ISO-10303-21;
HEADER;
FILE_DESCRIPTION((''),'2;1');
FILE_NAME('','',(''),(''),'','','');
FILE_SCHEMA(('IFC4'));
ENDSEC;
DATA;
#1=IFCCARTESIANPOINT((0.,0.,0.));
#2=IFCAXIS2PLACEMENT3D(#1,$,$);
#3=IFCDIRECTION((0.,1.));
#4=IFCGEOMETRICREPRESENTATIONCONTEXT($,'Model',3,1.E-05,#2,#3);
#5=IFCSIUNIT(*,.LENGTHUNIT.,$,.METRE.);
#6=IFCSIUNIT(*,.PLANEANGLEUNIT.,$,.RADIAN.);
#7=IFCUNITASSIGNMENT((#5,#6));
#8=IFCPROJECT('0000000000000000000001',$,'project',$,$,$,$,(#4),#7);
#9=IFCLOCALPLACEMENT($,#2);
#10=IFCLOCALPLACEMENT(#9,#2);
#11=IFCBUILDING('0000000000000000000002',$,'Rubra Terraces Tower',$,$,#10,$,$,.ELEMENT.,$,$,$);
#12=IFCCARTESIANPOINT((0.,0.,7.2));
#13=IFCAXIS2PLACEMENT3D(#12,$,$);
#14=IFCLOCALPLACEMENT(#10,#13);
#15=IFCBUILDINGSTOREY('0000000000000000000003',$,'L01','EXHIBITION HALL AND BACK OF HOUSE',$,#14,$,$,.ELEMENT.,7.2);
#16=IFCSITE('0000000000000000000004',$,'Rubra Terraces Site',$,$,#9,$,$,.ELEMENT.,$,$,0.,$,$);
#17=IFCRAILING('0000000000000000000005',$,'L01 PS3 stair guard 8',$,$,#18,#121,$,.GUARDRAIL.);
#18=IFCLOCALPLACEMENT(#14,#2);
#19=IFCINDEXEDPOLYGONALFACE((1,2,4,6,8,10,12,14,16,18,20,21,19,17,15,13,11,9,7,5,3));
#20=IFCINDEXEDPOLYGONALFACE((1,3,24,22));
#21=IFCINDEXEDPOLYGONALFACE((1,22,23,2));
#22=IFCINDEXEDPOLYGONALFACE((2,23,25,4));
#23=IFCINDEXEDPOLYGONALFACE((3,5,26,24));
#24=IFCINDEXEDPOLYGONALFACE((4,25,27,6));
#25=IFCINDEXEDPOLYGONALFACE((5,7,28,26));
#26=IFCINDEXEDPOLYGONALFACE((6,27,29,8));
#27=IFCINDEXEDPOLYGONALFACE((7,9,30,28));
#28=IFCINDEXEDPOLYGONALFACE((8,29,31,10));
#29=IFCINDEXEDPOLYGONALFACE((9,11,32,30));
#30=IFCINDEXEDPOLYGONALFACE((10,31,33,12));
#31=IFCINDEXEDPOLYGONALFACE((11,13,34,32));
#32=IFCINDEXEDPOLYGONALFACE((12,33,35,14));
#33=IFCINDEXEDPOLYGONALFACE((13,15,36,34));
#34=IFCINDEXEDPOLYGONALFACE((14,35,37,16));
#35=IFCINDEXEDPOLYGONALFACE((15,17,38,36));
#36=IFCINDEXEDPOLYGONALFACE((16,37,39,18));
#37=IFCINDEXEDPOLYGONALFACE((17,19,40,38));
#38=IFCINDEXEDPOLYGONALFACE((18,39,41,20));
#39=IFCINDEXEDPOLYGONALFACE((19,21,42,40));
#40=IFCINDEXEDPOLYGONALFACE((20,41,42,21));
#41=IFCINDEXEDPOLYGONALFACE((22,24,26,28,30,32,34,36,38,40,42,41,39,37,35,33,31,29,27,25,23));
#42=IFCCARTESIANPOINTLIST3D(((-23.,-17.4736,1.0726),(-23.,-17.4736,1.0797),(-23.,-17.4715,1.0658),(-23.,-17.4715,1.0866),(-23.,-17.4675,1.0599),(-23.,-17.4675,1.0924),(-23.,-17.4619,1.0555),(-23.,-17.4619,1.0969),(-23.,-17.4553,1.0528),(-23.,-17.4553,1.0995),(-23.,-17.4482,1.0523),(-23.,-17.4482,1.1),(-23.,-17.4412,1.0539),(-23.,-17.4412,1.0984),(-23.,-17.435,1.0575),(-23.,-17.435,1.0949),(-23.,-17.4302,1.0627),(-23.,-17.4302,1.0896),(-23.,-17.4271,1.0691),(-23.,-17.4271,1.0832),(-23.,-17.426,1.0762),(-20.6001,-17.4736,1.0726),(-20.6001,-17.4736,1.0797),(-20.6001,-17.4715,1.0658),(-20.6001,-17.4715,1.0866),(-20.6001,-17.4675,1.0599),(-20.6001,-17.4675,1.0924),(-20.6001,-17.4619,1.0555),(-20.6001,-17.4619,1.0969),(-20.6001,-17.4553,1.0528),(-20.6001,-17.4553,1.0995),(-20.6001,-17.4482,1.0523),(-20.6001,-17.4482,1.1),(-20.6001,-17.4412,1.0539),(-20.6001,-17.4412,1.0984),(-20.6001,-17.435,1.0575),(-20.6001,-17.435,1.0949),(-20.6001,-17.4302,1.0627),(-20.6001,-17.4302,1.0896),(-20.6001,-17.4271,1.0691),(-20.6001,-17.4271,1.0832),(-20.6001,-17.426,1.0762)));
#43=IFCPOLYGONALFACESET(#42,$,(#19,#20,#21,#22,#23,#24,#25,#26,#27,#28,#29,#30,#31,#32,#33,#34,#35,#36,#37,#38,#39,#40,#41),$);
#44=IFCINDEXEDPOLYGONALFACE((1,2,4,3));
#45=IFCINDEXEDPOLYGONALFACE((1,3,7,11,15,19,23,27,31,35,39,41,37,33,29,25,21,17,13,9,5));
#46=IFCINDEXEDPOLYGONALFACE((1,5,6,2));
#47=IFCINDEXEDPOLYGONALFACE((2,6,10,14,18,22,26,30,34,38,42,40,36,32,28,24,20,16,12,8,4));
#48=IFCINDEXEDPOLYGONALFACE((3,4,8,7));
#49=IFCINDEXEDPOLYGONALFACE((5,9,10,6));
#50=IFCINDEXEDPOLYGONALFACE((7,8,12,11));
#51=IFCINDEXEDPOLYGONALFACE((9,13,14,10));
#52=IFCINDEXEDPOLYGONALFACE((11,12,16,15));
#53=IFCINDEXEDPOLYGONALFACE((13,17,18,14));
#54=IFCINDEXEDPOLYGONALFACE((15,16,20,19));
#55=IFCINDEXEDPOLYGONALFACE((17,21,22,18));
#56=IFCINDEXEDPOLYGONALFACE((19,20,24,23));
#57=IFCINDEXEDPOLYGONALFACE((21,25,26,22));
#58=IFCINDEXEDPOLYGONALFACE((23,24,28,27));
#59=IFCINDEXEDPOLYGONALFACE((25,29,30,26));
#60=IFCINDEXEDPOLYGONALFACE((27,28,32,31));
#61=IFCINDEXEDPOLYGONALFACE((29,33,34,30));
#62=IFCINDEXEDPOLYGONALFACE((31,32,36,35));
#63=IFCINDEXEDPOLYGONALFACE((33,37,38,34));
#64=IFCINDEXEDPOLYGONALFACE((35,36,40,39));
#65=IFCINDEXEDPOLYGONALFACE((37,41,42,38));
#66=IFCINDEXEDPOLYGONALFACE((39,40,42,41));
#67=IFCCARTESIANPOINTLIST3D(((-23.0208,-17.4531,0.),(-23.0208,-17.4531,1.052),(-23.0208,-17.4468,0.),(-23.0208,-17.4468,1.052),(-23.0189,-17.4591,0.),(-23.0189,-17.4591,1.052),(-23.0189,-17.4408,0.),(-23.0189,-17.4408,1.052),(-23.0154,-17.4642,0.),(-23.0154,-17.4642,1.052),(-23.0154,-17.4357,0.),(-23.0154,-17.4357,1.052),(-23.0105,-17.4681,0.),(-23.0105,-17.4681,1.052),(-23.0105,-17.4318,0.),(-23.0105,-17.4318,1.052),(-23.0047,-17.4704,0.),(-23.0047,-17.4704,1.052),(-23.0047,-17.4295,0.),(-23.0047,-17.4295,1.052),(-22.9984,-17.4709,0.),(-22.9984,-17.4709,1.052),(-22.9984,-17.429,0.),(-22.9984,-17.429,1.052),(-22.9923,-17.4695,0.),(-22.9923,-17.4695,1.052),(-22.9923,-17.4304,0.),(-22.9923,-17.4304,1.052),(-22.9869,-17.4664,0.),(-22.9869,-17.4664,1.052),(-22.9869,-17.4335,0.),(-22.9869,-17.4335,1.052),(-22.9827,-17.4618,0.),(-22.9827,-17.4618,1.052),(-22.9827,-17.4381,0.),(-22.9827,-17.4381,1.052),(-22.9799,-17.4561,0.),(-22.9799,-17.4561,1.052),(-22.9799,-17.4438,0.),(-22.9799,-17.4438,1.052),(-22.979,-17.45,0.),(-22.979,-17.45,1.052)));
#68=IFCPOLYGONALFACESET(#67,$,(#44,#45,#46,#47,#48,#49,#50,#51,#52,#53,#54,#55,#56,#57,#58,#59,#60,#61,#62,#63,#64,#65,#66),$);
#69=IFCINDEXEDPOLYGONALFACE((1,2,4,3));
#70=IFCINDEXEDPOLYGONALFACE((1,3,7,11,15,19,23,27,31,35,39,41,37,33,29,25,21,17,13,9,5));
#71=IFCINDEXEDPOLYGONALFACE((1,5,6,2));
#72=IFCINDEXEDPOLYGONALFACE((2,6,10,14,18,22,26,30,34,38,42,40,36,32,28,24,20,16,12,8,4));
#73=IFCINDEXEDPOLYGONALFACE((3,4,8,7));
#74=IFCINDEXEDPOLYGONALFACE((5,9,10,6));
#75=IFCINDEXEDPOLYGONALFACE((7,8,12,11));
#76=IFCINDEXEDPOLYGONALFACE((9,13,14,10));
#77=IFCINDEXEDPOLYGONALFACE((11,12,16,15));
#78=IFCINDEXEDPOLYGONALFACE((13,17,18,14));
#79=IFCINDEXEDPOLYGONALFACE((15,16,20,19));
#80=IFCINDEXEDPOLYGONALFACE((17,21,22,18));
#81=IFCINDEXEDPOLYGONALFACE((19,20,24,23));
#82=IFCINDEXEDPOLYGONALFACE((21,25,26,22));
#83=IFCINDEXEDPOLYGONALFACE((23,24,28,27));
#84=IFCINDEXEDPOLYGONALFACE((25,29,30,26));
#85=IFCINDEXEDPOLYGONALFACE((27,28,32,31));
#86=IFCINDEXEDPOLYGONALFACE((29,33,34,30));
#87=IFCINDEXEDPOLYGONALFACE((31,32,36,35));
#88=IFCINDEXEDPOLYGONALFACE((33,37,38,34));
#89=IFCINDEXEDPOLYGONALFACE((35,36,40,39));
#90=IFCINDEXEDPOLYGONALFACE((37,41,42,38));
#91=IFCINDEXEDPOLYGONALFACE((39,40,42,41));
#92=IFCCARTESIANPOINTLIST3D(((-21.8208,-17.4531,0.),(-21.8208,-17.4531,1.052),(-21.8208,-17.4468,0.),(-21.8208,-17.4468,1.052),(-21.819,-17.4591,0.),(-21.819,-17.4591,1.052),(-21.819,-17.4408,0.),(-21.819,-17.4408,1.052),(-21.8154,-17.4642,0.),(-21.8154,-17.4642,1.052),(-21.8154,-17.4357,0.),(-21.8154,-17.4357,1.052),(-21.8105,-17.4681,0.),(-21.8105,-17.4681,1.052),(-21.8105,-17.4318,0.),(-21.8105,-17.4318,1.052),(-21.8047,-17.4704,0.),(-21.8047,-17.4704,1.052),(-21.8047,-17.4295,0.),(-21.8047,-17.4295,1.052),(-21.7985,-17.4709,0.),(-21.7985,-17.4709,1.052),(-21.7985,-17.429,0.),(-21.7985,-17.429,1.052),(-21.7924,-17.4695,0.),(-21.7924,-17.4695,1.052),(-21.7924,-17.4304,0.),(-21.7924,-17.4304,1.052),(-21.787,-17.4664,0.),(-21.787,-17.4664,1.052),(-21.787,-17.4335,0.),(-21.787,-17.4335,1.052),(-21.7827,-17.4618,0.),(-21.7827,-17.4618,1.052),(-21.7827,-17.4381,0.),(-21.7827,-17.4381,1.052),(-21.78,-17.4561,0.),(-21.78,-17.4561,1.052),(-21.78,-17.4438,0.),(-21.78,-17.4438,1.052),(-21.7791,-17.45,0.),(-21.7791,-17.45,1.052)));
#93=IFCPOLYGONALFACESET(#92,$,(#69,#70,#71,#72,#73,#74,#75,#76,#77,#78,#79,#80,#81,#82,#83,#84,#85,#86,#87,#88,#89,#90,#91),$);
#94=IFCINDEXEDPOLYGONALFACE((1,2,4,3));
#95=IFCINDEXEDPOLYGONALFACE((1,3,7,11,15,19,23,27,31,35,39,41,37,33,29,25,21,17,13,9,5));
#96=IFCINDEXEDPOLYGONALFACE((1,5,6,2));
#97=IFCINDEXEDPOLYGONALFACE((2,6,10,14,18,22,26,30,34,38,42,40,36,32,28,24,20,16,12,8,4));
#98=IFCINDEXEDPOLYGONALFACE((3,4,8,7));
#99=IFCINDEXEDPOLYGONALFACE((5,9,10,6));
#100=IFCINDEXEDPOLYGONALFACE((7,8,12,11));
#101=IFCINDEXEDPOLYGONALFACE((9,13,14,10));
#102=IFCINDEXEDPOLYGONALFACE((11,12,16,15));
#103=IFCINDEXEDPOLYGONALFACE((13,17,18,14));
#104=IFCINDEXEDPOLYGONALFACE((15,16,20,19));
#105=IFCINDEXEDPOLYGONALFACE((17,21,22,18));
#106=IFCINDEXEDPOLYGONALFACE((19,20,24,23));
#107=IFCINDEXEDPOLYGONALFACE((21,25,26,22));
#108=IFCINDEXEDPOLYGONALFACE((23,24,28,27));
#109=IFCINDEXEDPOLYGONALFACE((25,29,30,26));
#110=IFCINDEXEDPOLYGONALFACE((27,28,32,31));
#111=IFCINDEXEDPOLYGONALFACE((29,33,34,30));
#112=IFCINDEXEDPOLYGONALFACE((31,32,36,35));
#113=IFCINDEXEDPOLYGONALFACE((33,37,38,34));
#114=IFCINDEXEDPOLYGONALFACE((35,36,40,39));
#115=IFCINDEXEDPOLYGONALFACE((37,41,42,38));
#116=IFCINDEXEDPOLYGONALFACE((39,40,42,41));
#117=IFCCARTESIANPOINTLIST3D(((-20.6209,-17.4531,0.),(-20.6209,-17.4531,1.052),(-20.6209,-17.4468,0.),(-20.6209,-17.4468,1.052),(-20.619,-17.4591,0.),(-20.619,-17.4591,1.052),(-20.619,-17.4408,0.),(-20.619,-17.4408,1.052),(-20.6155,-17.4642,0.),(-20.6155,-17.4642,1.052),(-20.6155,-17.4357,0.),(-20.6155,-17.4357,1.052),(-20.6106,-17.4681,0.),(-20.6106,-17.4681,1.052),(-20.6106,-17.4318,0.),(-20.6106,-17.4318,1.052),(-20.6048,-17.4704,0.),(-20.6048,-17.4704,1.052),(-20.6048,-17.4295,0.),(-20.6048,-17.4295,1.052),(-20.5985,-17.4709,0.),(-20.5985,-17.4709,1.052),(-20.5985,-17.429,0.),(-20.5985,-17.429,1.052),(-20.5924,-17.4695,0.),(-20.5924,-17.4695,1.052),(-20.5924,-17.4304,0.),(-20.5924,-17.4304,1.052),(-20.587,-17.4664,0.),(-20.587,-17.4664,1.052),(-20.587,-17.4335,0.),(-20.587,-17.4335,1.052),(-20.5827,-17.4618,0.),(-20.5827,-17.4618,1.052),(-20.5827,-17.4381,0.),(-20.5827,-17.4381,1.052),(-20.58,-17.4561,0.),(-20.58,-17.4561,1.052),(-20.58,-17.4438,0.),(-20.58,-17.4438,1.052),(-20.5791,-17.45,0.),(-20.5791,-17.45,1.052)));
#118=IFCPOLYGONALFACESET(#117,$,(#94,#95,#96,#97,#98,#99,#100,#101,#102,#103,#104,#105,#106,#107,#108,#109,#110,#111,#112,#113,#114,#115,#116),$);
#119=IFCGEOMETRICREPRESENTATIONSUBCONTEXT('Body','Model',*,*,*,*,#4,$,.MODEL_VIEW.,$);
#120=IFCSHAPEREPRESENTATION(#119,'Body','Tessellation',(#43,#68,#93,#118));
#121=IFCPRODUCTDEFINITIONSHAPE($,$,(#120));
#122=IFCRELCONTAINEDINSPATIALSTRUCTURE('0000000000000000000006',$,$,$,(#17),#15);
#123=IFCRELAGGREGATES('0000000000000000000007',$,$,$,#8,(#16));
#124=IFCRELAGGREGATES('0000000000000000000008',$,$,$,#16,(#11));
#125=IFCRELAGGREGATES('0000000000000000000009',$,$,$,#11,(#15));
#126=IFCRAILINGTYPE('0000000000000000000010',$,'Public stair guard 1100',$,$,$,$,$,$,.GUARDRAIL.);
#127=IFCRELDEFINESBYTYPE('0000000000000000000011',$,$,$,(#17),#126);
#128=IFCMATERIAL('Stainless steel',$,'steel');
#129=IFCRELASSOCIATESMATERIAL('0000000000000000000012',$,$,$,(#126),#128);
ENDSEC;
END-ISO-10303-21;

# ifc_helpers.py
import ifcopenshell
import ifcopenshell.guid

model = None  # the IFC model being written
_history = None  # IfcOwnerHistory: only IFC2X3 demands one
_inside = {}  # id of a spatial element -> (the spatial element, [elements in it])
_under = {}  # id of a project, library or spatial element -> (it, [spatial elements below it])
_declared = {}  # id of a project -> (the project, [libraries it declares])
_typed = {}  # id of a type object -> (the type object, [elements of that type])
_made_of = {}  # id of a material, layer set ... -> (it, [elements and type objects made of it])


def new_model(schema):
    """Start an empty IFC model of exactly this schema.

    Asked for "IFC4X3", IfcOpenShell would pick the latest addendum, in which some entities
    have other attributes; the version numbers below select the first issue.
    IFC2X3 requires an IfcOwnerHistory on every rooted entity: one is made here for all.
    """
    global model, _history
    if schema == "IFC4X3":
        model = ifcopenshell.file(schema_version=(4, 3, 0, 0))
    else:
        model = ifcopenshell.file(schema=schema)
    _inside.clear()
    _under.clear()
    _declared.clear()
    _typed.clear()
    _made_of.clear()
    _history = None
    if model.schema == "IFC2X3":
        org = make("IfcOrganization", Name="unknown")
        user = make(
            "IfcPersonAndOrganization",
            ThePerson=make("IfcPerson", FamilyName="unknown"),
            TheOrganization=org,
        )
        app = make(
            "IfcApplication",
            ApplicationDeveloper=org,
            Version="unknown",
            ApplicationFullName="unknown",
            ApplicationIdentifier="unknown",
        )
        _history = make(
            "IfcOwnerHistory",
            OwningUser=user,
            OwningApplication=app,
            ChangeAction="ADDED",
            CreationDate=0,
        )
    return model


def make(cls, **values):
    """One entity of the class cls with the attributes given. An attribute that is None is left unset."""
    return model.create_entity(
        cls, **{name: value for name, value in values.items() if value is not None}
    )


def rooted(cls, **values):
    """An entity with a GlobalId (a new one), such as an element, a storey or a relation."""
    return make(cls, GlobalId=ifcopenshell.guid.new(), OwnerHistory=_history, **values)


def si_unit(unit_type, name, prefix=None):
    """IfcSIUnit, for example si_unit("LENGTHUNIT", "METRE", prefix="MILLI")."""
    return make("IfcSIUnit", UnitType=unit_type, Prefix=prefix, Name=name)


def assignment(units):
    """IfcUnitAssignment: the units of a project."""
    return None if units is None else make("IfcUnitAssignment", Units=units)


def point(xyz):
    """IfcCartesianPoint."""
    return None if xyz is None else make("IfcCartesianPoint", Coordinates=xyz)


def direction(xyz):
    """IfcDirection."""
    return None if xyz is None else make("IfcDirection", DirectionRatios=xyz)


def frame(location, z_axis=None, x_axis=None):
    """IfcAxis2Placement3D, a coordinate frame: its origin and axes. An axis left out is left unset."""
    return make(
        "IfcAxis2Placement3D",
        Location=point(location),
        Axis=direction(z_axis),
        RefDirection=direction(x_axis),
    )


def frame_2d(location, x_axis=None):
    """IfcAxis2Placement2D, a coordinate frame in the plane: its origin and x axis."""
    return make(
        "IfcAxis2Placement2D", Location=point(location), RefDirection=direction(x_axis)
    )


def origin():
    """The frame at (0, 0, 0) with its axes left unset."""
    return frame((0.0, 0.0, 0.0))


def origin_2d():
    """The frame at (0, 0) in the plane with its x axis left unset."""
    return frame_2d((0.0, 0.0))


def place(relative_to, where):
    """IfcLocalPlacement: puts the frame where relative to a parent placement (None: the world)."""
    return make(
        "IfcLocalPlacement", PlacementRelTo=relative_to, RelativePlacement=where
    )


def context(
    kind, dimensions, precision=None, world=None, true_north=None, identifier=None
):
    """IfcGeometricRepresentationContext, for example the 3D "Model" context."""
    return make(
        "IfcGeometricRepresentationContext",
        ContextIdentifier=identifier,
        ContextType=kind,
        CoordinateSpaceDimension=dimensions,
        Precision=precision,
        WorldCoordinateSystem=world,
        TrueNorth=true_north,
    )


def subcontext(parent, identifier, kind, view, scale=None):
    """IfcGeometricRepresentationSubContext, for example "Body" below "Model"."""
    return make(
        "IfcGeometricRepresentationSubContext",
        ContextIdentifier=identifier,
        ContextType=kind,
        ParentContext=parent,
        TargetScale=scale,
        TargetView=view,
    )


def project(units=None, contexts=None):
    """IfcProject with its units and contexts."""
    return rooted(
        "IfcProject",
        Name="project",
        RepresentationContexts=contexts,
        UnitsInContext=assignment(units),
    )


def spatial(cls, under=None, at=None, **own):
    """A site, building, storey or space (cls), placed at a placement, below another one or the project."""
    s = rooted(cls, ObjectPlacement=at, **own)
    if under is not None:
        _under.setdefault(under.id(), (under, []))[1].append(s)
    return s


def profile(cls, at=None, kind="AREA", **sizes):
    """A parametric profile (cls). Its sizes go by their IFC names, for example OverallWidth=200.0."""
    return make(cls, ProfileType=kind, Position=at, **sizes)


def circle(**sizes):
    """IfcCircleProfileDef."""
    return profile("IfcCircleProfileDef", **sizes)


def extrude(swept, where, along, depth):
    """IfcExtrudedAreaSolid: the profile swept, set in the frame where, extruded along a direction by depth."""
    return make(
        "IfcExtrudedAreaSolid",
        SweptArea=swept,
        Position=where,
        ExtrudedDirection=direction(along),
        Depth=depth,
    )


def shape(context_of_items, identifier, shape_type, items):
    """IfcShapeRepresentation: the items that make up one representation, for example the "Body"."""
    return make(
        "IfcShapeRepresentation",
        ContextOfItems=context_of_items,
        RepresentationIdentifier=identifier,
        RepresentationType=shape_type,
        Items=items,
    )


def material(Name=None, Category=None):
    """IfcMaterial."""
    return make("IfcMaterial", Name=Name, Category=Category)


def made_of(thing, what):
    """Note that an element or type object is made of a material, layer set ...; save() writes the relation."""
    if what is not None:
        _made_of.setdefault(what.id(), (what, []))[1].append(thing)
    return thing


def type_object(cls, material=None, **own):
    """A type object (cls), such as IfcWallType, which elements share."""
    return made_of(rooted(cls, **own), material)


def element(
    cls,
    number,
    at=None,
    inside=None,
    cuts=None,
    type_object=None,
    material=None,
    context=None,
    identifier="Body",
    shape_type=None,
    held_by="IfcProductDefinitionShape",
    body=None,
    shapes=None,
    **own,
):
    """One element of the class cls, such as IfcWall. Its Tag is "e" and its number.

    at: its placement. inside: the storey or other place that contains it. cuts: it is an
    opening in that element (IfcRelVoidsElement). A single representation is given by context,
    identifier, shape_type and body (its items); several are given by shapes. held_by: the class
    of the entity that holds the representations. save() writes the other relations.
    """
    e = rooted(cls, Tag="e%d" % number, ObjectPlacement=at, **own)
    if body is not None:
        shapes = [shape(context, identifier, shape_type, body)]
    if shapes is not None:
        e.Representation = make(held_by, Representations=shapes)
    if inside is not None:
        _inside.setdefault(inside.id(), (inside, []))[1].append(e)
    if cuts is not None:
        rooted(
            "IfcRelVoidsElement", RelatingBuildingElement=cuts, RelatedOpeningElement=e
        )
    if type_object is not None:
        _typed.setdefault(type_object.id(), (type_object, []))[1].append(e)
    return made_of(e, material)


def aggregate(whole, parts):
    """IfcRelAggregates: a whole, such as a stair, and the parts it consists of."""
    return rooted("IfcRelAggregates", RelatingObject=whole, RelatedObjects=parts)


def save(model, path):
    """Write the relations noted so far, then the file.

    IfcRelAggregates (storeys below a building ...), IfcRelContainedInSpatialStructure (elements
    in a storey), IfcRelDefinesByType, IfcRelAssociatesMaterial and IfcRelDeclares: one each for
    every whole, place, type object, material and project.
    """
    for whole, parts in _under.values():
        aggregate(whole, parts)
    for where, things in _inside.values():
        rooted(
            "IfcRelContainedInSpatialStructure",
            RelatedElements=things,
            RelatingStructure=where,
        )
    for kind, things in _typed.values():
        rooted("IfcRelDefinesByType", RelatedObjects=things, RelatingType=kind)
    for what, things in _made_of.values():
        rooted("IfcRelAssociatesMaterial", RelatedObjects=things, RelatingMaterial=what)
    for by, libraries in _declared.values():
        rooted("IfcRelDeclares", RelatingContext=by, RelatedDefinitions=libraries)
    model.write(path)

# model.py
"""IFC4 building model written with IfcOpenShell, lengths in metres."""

from ifc_helpers import new_model, si_unit, direction, frame, origin, origin_2d, place, context, subcontext, project, spatial, circle, extrude, material, type_object, element, save


model = new_model("IFC4")

# Units and contexts
model_context = context("Model", 3, precision=1e-05, world=origin(), true_north=direction((0.0, 1.0)))
body_context = subcontext(model_context, "Body", "Model", "MODEL_VIEW")
ifc_project = project(units=[si_unit("LENGTHUNIT", "METRE"), si_unit("PLANEANGLEUNIT", "RADIAN")], contexts=[model_context])

# Site, building, storey
site_placement = place(None, origin())
site = spatial("IfcSite", under=ifc_project, at=site_placement, Name="Rubra Terraces Site", CompositionType="ELEMENT", RefElevation=0.0)
building_placement = place(site_placement, origin())
building = spatial("IfcBuilding", under=site, at=building_placement, Name="Rubra Terraces Tower", CompositionType="ELEMENT")
storey_placement = place(building_placement, frame((0.0, 0.0, 7.2)))
storey = spatial("IfcBuildingStorey", under=building, at=storey_placement, Name="L01", Description="EXHIBITION HALL AND BACK OF HOUSE", CompositionType="ELEMENT", Elevation=7.2)

# Railing
ifc_material_1 = material(Name="Stainless steel", Category="steel")
railing_type = type_object("IfcRailingType", Name="Public stair guard 1100", PredefinedType="GUARDRAIL", material=ifc_material_1)
railing_placement = place(storey_placement, frame((-23.0, -17.45, 0.0)))
element("IfcRailing", 1, at=railing_placement, inside=storey, type_object=railing_type, Name="L01 PS3 stair guard 8", PredefinedType="GUARDRAIL", context=body_context, shape_type="SweptSolid", body=[
    extrude(circle(Radius=0.0239, at=origin_2d()), frame((0.0, 0.0, 1.0762), z_axis=(1.0, 0.0, 0.0), x_axis=(0.0, 1.0, 0.0)), (0.0, 0.0, 1.0), 2.3999),
    extrude(circle(Radius=0.021, at=origin_2d()), origin(), (0.0, 0.0, 1.0), 1.052),
    extrude(circle(Radius=0.021, at=origin_2d()), frame((1.2, 0.0, 0.0)), (0.0, 0.0, 1.0), 1.052),
    extrude(circle(Radius=0.021, at=origin_2d()), frame((2.3999, 0.0, 0.0)), (0.0, 0.0, 1.0), 1.052),
])

save(model, "model.ifc")
